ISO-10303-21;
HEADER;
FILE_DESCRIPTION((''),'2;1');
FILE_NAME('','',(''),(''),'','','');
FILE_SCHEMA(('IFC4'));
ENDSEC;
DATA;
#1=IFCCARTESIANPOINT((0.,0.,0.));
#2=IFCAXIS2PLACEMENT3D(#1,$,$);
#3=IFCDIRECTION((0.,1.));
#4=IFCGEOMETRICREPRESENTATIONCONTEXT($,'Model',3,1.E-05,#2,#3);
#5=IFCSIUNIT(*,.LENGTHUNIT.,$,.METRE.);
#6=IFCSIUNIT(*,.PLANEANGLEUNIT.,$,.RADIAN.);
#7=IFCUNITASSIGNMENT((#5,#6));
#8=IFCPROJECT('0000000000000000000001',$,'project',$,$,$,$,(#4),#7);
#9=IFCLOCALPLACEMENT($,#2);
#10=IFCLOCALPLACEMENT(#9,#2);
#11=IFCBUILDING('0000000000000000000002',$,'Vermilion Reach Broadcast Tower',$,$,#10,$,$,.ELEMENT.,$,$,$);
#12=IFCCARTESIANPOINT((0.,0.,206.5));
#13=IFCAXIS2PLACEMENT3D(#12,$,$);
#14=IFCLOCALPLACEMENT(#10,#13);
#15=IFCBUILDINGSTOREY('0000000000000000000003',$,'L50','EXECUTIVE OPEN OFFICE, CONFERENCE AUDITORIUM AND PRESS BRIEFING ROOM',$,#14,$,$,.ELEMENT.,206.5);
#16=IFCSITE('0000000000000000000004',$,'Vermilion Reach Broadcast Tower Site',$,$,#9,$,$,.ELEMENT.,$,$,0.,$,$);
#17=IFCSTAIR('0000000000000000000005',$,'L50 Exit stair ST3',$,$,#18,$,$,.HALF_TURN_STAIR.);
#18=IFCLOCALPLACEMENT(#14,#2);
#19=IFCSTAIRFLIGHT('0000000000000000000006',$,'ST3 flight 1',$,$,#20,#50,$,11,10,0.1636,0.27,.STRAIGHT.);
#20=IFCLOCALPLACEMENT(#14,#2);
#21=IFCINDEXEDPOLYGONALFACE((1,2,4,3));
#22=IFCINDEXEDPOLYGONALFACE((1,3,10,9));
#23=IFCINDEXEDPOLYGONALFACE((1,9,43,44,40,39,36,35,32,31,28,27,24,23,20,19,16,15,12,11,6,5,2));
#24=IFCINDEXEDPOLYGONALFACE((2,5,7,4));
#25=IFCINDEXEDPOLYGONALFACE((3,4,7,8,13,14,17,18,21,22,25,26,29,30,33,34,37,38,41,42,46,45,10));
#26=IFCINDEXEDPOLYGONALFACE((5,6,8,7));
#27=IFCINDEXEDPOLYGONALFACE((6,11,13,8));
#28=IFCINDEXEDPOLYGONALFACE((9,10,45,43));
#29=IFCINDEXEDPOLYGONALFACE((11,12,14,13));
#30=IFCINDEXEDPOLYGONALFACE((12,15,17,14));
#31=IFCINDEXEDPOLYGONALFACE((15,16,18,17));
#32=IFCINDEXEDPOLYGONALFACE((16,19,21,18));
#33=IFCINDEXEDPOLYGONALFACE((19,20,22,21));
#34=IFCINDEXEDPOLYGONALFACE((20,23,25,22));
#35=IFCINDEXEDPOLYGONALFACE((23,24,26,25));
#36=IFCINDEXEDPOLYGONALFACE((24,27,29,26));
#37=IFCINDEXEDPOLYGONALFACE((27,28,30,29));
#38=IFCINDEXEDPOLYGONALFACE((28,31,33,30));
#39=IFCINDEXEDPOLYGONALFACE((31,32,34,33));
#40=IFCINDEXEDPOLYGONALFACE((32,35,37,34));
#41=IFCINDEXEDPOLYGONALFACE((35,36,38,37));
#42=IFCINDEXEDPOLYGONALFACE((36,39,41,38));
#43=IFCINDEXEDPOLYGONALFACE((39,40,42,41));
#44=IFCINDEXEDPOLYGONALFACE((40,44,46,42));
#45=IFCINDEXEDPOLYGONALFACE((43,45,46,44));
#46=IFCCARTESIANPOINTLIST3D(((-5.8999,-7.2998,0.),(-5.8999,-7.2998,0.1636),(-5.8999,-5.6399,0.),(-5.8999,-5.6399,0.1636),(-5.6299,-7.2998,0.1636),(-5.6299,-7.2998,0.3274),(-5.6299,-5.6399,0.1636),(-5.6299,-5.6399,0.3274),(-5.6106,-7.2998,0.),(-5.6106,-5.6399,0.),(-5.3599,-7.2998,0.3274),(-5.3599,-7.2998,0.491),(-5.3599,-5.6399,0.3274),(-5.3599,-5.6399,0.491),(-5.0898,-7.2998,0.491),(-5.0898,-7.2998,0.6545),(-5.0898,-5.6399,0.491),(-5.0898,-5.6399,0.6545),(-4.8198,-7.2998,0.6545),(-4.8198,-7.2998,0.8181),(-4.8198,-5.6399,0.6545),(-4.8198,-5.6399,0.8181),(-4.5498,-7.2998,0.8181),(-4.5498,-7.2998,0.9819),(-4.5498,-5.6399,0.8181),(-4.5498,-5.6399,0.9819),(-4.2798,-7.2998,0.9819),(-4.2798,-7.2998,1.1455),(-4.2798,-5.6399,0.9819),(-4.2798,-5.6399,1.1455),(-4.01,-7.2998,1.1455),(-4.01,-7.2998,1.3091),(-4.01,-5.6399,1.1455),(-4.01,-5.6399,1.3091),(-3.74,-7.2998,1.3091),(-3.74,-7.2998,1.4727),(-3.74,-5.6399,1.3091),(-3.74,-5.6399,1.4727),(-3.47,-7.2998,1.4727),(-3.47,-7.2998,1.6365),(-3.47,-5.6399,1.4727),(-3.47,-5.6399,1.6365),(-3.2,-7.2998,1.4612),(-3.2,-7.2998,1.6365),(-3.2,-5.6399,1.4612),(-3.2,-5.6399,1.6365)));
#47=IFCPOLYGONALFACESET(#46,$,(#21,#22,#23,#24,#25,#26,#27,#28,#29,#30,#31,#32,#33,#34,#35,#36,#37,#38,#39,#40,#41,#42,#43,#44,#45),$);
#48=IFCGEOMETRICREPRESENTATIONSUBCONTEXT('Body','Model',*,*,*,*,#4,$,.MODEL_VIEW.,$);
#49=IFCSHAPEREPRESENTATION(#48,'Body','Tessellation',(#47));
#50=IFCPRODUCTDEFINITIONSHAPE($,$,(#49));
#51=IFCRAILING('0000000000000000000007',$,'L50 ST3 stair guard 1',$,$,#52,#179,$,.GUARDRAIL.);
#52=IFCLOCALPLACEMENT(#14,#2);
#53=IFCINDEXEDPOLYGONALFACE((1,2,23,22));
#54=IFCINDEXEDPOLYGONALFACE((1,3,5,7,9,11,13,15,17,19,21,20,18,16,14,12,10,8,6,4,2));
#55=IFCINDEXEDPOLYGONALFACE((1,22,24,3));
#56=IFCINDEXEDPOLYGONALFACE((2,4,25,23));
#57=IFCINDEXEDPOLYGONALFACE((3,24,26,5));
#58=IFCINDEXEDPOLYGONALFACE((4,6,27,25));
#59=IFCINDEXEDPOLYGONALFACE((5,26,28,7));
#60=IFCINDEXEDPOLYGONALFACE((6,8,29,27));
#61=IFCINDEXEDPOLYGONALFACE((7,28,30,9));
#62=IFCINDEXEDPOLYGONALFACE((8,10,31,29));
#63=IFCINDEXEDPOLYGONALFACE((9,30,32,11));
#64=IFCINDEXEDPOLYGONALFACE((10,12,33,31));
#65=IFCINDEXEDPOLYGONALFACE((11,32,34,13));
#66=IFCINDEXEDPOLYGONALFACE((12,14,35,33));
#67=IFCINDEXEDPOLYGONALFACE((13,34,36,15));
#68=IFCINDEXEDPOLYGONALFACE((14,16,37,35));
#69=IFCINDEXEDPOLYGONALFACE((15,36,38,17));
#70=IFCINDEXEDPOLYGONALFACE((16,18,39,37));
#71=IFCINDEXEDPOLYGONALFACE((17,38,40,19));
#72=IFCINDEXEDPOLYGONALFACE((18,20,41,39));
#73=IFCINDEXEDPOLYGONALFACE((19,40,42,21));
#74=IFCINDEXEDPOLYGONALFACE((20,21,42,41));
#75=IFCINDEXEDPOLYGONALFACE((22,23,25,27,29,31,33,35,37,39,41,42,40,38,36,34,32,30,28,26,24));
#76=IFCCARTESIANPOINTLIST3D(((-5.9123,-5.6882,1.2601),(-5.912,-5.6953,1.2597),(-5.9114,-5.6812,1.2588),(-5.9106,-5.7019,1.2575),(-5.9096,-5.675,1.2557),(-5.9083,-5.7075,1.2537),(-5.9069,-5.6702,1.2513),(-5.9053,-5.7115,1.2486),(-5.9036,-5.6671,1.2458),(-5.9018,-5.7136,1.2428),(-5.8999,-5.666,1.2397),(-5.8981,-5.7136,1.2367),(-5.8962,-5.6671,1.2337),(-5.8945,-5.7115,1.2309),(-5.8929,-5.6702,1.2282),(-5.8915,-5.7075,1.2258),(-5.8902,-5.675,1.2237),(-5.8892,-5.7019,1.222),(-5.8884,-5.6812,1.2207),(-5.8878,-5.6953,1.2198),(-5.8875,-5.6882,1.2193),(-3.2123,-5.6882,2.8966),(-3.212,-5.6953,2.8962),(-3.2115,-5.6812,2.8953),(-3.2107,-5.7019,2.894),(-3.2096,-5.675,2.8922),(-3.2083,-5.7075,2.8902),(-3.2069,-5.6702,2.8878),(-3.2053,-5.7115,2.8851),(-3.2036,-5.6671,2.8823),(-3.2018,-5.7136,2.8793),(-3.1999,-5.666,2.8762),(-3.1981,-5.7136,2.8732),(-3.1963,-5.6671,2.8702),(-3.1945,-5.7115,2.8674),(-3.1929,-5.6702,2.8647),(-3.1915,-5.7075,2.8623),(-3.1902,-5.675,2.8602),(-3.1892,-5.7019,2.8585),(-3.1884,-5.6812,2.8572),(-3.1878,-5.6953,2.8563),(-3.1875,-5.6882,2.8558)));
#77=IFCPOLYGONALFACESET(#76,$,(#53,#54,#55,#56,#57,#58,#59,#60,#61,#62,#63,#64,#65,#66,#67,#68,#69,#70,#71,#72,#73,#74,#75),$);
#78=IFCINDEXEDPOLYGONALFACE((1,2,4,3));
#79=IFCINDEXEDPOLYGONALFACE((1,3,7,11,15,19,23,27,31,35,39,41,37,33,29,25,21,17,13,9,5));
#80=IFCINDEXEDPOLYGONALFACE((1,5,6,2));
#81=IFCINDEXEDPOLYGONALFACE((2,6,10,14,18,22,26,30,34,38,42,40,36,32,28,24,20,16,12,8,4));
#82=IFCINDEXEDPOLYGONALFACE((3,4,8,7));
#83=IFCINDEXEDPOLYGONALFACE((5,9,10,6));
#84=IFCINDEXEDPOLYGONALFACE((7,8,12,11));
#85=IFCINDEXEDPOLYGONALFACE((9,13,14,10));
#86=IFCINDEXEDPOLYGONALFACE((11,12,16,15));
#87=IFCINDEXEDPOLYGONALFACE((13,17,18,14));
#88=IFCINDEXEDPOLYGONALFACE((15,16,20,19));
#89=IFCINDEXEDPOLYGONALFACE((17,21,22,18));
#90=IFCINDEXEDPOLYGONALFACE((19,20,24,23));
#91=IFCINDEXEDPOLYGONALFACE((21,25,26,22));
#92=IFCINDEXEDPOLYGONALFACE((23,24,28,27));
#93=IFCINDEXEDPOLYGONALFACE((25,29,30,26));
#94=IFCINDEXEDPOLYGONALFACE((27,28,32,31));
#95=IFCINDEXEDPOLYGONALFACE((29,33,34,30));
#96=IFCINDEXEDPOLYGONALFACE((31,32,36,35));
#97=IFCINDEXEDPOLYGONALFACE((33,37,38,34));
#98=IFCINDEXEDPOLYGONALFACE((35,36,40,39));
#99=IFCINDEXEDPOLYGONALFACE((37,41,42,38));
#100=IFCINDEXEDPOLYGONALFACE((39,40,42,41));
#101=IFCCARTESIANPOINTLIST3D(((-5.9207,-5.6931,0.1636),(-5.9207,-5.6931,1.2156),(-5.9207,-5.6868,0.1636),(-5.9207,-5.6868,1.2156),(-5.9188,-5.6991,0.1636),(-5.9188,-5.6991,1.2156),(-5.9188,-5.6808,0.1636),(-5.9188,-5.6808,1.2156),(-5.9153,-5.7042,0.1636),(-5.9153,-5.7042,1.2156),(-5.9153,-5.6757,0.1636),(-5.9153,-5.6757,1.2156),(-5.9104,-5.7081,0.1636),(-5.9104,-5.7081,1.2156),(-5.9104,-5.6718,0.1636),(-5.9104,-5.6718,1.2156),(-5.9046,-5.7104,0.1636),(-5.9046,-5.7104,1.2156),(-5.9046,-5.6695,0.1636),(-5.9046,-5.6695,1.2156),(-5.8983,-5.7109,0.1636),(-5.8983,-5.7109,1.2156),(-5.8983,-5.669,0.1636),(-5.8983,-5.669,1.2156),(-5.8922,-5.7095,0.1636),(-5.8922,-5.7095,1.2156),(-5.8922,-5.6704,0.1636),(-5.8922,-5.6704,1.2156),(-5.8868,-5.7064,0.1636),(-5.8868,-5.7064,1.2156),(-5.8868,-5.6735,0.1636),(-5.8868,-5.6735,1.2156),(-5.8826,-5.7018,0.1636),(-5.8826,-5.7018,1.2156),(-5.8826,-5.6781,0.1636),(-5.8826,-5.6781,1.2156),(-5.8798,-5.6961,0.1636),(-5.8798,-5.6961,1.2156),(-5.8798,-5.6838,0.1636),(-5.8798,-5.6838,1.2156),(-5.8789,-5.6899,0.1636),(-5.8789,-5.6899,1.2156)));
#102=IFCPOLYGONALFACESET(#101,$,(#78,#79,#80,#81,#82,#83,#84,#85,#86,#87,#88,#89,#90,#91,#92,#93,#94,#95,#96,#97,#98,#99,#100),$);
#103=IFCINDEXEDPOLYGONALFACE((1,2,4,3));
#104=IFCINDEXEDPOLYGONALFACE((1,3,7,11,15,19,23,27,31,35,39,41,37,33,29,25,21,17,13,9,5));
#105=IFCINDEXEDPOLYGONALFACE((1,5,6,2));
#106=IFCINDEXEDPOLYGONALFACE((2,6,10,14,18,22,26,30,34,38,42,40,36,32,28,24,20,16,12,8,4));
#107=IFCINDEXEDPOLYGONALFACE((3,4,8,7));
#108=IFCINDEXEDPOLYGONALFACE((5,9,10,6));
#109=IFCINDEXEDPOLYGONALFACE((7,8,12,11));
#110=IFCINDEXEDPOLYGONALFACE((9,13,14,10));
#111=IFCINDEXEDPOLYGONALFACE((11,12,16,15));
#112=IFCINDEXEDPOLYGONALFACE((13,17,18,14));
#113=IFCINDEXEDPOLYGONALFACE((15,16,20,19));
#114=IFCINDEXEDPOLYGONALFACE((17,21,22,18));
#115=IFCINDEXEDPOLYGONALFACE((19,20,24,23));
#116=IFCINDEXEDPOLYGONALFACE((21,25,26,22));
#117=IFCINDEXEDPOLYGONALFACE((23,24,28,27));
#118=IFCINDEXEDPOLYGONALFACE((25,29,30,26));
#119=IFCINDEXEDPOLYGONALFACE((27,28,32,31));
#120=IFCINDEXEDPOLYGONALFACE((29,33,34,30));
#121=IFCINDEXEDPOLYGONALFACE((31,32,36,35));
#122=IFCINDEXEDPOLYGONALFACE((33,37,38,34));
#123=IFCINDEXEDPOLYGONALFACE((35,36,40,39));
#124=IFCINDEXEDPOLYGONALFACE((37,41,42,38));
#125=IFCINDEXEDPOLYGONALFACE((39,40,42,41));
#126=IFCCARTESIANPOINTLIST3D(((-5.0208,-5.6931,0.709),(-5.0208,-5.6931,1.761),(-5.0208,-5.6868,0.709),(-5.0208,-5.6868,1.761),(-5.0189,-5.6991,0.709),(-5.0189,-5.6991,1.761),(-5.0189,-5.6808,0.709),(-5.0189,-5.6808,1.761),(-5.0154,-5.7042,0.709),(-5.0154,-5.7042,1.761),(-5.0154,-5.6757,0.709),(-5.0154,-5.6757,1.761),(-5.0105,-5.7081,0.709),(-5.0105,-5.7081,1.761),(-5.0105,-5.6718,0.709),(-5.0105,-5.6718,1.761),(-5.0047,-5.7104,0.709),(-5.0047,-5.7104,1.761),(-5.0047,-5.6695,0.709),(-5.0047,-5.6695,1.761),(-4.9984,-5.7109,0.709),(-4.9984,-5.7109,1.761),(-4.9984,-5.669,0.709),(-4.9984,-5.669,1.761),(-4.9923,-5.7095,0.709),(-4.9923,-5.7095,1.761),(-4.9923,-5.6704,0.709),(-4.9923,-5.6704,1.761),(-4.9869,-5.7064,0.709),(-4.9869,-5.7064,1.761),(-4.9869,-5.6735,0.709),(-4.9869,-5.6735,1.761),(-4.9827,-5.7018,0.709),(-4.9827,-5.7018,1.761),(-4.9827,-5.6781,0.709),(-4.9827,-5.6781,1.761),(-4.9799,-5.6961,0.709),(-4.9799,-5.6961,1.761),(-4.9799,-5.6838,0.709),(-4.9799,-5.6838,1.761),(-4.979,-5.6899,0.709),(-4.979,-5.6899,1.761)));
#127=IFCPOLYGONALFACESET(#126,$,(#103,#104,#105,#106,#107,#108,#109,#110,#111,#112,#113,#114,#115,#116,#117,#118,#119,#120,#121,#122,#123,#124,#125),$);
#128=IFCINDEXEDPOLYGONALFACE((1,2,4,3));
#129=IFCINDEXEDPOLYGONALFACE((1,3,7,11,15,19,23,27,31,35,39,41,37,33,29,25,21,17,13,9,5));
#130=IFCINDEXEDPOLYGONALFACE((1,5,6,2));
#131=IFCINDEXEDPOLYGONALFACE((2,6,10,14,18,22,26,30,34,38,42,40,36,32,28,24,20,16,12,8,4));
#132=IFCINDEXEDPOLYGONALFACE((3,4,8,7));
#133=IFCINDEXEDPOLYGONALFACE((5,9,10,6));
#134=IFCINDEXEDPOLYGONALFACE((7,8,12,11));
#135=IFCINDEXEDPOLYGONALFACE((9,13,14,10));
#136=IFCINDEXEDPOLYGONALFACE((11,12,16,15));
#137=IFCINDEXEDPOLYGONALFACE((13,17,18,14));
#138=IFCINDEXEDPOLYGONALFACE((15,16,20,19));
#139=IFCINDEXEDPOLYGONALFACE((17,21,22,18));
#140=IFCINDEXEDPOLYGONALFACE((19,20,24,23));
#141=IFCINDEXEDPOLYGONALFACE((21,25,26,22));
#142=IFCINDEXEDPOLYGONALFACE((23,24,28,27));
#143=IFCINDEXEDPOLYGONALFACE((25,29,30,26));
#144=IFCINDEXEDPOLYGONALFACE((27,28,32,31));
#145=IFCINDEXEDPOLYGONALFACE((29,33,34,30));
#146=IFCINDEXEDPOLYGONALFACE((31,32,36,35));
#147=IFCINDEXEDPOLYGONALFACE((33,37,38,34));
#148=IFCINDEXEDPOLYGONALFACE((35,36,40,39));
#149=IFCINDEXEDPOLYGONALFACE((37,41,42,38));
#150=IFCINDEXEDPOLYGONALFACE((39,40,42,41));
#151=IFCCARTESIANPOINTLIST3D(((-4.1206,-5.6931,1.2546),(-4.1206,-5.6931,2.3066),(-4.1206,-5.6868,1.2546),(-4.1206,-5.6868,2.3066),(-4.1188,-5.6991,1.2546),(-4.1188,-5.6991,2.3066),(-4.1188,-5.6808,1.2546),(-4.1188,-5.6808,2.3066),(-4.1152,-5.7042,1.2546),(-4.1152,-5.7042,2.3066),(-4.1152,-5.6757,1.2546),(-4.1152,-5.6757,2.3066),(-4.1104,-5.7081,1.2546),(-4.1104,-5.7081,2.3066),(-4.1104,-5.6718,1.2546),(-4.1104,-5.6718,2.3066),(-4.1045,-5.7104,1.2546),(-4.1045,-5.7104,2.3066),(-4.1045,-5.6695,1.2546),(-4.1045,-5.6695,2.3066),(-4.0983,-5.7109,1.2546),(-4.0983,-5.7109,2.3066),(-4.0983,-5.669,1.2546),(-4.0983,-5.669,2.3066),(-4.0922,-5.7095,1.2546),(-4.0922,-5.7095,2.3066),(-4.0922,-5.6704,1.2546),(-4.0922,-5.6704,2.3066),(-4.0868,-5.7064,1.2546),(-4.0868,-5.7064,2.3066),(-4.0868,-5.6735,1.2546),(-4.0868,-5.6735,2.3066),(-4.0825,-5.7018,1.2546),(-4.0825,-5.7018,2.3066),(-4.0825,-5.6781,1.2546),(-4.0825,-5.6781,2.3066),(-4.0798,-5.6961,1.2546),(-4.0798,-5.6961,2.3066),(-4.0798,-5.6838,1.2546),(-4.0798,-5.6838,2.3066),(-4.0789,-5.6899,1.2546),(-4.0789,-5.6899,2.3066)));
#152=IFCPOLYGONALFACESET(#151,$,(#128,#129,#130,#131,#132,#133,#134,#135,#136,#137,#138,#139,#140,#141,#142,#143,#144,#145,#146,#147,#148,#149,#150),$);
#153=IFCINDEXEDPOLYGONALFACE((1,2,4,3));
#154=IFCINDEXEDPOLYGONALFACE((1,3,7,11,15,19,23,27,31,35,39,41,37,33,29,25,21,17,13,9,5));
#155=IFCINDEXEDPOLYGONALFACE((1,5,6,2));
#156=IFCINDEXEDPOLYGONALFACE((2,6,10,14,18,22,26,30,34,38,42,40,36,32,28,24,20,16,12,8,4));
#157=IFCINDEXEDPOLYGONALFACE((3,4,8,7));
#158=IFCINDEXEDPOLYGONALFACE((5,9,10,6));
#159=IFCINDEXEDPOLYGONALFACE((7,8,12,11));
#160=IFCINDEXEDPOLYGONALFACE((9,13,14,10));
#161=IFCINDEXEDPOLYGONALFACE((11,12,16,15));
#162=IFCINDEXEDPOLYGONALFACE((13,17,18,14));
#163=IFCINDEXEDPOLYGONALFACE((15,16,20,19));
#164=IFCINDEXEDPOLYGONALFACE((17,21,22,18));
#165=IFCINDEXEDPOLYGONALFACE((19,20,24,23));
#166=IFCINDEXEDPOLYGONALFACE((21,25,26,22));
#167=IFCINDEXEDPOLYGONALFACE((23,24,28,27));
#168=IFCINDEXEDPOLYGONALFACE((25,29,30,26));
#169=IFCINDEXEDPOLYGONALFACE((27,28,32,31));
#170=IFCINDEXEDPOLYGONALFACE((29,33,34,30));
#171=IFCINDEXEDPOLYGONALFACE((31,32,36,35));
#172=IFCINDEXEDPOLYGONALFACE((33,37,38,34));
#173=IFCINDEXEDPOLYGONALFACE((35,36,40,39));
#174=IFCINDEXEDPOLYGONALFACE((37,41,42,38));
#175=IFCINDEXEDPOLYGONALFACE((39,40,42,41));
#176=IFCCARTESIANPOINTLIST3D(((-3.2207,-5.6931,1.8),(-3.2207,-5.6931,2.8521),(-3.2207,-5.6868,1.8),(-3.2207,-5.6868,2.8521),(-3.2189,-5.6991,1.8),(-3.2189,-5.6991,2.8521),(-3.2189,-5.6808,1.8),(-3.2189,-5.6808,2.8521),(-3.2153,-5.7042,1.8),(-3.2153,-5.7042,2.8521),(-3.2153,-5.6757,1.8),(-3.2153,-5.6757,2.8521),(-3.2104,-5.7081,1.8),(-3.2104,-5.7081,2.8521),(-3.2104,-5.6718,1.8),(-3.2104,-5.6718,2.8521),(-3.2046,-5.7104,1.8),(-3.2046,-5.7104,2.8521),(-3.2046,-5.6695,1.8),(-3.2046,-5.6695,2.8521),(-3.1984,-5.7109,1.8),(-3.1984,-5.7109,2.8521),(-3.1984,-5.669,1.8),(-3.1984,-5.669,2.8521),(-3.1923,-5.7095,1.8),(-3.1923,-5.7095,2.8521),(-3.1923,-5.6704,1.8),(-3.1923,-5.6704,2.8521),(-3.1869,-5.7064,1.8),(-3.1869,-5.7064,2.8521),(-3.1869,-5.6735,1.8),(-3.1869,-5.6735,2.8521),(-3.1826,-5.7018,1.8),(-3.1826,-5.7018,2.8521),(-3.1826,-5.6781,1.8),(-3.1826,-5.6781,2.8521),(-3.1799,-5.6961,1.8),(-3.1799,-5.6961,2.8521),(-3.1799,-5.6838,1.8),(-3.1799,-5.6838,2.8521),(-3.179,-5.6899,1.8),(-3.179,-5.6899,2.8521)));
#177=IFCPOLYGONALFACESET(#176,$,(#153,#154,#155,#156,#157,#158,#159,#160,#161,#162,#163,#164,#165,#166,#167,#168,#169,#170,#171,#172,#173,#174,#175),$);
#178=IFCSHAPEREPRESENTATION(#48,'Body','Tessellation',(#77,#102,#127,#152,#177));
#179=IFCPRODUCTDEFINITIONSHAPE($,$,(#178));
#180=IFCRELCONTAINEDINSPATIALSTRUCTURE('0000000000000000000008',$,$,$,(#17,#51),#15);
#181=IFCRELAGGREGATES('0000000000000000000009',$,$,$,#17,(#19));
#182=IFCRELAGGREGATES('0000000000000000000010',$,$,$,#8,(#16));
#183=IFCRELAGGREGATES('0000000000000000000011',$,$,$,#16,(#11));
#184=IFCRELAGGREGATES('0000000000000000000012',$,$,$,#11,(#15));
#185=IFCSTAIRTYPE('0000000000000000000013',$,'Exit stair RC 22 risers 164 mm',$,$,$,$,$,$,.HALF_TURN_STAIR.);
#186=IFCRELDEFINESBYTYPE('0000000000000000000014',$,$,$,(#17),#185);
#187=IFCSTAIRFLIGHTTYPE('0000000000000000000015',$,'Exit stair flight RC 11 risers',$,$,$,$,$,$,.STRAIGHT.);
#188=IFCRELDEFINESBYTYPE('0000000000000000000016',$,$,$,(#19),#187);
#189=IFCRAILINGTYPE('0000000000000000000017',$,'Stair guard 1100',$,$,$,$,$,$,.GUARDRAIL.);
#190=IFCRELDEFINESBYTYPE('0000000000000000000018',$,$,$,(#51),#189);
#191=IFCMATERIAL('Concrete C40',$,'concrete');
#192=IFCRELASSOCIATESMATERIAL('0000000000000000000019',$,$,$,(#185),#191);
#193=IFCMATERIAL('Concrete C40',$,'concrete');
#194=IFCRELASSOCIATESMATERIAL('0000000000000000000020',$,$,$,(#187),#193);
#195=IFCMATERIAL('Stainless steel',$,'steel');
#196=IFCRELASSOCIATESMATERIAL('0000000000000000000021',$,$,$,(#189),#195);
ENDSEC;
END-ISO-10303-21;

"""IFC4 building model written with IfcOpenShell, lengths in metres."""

from ifc_helpers import new_model, si_unit, direction, frame, origin, origin_2d, place, context, subcontext, project, spatial, polyline, circle, outline, extrude, material, type_object, element, aggregate, save


model = new_model("IFC4")

# Units and contexts
model_context = context("Model", 3, precision=1e-05, world=origin(), true_north=direction((0.0, 1.0)))
body_context = subcontext(model_context, "Body", "Model", "MODEL_VIEW")
ifc_project = project(units=[si_unit("LENGTHUNIT", "METRE"), si_unit("PLANEANGLEUNIT", "RADIAN")], contexts=[model_context])

# Site, building, storey
site_placement = place(None, origin())
site = spatial("IfcSite", under=ifc_project, at=site_placement, Name="Vermilion Reach Broadcast Tower Site", CompositionType="ELEMENT", RefElevation=0.0)
building_placement = place(site_placement, origin())
building = spatial("IfcBuilding", under=site, at=building_placement, Name="Vermilion Reach Broadcast Tower", CompositionType="ELEMENT")
storey_placement = place(building_placement, frame((0.0, 0.0, 206.5)))
storey = spatial("IfcBuildingStorey", under=building, at=storey_placement, Name="L50", Description="EXECUTIVE OPEN OFFICE, CONFERENCE AUDITORIUM AND PRESS BRIEFING ROOM", CompositionType="ELEMENT", Elevation=206.5)

# Stair, stair flight
ifc_material_1 = material(Name="Concrete C40", Category="concrete")
stair_type = type_object("IfcStairType", Name="Exit stair RC 22 risers 164 mm", PredefinedType="HALF_TURN_STAIR", material=ifc_material_1)
stair_placement = place(storey_placement, origin())
stair = element("IfcStair", 1, at=stair_placement, inside=storey, type_object=stair_type, Name="L50 Exit stair ST3", PredefinedType="HALF_TURN_STAIR")
ifc_material_2 = material(Name="Concrete C40", Category="concrete")
stair_flight_type = type_object("IfcStairFlightType", Name="Exit stair flight RC 11 risers", PredefinedType="STRAIGHT", material=ifc_material_2)
stair_flight_placement = place(storey_placement, frame((-5.8999, -6.47, 0.0), z_axis=(0.0, 0.0, 1.0), x_axis=(1.0, 0.0, 0.0)))
stair_flight = element("IfcStairFlight", 2, at=stair_flight_placement, type_object=stair_flight_type, Name="ST3 flight 1", NumberOfRisers=11, NumberOfTreads=10, PredefinedType="STRAIGHT", RiserHeight=0.1636, TreadLength=0.27, context=body_context, shape_type="SweptSolid", body=[
    extrude(outline(polyline([(0.0, 0.0), (0.0, 0.1636), (0.27, 0.1636), (0.27, 0.3274), (0.54, 0.3274), (0.54, 0.491), (0.8101, 0.491), (0.8101, 0.6545), (1.0801, 0.6545), (1.0801, 0.8181), (1.3501, 0.8181), (1.3501, 0.9819), (1.6201, 0.9819), (1.6201, 1.1455), (1.8899, 1.1455), (1.8899, 1.3091), (2.1599, 1.3091), (2.1599, 1.4727), (2.4299, 1.4727), (2.4299, 1.6365), (2.7, 1.6365), (2.7, 1.8), (2.7, 1.4612), (0.2893, 0.0), (0.0, 0.0)])), frame((0.0, 0.8301, 0.0), z_axis=(0.0, -1.0, 0.0), x_axis=(1.0, 0.0, 0.0)), (0.0, 0.0, 1.0), 1.6599),
])
aggregate(stair, [stair_flight])

# Railing
ifc_material_3 = material(Name="Stainless steel", Category="steel")
railing_type_1 = type_object("IfcRailingType", Name="Stair guard 1100", PredefinedType="GUARDRAIL", material=ifc_material_3)
railing_1_placement = place(storey_placement, frame((-5.8999, -5.6899, 0.1636)))
element("IfcRailing", 3, at=railing_1_placement, inside=storey, type_object=railing_type_1, Name="L50 ST3 stair guard 1", PredefinedType="GUARDRAIL", context=body_context, shape_type="SweptSolid", body=[
    extrude(circle(Radius=0.0239, at=origin_2d()), frame((0.0, 0.0, 1.0762), z_axis=(0.855178, 0.0, 0.518334), x_axis=(0.0, 1.0, 0.0)), (0.0, 0.0, 1.0), 3.1572),
    extrude(circle(Radius=0.021, at=origin_2d()), origin(), (0.0, 0.0, 1.0), 1.052),
    extrude(circle(Radius=0.021, at=origin_2d()), frame((0.8999, 0.0, 0.5454)), (0.0, 0.0, 1.0), 1.052),
    extrude(circle(Radius=0.021, at=origin_2d()), frame((1.8, 0.0, 1.0911)), (0.0, 0.0, 1.0), 1.052),
    extrude(circle(Radius=0.021, at=origin_2d()), frame((2.7, 0.0, 1.6365)), (0.0, 0.0, 1.0), 1.052),
])

save(model, "model.ifc")
